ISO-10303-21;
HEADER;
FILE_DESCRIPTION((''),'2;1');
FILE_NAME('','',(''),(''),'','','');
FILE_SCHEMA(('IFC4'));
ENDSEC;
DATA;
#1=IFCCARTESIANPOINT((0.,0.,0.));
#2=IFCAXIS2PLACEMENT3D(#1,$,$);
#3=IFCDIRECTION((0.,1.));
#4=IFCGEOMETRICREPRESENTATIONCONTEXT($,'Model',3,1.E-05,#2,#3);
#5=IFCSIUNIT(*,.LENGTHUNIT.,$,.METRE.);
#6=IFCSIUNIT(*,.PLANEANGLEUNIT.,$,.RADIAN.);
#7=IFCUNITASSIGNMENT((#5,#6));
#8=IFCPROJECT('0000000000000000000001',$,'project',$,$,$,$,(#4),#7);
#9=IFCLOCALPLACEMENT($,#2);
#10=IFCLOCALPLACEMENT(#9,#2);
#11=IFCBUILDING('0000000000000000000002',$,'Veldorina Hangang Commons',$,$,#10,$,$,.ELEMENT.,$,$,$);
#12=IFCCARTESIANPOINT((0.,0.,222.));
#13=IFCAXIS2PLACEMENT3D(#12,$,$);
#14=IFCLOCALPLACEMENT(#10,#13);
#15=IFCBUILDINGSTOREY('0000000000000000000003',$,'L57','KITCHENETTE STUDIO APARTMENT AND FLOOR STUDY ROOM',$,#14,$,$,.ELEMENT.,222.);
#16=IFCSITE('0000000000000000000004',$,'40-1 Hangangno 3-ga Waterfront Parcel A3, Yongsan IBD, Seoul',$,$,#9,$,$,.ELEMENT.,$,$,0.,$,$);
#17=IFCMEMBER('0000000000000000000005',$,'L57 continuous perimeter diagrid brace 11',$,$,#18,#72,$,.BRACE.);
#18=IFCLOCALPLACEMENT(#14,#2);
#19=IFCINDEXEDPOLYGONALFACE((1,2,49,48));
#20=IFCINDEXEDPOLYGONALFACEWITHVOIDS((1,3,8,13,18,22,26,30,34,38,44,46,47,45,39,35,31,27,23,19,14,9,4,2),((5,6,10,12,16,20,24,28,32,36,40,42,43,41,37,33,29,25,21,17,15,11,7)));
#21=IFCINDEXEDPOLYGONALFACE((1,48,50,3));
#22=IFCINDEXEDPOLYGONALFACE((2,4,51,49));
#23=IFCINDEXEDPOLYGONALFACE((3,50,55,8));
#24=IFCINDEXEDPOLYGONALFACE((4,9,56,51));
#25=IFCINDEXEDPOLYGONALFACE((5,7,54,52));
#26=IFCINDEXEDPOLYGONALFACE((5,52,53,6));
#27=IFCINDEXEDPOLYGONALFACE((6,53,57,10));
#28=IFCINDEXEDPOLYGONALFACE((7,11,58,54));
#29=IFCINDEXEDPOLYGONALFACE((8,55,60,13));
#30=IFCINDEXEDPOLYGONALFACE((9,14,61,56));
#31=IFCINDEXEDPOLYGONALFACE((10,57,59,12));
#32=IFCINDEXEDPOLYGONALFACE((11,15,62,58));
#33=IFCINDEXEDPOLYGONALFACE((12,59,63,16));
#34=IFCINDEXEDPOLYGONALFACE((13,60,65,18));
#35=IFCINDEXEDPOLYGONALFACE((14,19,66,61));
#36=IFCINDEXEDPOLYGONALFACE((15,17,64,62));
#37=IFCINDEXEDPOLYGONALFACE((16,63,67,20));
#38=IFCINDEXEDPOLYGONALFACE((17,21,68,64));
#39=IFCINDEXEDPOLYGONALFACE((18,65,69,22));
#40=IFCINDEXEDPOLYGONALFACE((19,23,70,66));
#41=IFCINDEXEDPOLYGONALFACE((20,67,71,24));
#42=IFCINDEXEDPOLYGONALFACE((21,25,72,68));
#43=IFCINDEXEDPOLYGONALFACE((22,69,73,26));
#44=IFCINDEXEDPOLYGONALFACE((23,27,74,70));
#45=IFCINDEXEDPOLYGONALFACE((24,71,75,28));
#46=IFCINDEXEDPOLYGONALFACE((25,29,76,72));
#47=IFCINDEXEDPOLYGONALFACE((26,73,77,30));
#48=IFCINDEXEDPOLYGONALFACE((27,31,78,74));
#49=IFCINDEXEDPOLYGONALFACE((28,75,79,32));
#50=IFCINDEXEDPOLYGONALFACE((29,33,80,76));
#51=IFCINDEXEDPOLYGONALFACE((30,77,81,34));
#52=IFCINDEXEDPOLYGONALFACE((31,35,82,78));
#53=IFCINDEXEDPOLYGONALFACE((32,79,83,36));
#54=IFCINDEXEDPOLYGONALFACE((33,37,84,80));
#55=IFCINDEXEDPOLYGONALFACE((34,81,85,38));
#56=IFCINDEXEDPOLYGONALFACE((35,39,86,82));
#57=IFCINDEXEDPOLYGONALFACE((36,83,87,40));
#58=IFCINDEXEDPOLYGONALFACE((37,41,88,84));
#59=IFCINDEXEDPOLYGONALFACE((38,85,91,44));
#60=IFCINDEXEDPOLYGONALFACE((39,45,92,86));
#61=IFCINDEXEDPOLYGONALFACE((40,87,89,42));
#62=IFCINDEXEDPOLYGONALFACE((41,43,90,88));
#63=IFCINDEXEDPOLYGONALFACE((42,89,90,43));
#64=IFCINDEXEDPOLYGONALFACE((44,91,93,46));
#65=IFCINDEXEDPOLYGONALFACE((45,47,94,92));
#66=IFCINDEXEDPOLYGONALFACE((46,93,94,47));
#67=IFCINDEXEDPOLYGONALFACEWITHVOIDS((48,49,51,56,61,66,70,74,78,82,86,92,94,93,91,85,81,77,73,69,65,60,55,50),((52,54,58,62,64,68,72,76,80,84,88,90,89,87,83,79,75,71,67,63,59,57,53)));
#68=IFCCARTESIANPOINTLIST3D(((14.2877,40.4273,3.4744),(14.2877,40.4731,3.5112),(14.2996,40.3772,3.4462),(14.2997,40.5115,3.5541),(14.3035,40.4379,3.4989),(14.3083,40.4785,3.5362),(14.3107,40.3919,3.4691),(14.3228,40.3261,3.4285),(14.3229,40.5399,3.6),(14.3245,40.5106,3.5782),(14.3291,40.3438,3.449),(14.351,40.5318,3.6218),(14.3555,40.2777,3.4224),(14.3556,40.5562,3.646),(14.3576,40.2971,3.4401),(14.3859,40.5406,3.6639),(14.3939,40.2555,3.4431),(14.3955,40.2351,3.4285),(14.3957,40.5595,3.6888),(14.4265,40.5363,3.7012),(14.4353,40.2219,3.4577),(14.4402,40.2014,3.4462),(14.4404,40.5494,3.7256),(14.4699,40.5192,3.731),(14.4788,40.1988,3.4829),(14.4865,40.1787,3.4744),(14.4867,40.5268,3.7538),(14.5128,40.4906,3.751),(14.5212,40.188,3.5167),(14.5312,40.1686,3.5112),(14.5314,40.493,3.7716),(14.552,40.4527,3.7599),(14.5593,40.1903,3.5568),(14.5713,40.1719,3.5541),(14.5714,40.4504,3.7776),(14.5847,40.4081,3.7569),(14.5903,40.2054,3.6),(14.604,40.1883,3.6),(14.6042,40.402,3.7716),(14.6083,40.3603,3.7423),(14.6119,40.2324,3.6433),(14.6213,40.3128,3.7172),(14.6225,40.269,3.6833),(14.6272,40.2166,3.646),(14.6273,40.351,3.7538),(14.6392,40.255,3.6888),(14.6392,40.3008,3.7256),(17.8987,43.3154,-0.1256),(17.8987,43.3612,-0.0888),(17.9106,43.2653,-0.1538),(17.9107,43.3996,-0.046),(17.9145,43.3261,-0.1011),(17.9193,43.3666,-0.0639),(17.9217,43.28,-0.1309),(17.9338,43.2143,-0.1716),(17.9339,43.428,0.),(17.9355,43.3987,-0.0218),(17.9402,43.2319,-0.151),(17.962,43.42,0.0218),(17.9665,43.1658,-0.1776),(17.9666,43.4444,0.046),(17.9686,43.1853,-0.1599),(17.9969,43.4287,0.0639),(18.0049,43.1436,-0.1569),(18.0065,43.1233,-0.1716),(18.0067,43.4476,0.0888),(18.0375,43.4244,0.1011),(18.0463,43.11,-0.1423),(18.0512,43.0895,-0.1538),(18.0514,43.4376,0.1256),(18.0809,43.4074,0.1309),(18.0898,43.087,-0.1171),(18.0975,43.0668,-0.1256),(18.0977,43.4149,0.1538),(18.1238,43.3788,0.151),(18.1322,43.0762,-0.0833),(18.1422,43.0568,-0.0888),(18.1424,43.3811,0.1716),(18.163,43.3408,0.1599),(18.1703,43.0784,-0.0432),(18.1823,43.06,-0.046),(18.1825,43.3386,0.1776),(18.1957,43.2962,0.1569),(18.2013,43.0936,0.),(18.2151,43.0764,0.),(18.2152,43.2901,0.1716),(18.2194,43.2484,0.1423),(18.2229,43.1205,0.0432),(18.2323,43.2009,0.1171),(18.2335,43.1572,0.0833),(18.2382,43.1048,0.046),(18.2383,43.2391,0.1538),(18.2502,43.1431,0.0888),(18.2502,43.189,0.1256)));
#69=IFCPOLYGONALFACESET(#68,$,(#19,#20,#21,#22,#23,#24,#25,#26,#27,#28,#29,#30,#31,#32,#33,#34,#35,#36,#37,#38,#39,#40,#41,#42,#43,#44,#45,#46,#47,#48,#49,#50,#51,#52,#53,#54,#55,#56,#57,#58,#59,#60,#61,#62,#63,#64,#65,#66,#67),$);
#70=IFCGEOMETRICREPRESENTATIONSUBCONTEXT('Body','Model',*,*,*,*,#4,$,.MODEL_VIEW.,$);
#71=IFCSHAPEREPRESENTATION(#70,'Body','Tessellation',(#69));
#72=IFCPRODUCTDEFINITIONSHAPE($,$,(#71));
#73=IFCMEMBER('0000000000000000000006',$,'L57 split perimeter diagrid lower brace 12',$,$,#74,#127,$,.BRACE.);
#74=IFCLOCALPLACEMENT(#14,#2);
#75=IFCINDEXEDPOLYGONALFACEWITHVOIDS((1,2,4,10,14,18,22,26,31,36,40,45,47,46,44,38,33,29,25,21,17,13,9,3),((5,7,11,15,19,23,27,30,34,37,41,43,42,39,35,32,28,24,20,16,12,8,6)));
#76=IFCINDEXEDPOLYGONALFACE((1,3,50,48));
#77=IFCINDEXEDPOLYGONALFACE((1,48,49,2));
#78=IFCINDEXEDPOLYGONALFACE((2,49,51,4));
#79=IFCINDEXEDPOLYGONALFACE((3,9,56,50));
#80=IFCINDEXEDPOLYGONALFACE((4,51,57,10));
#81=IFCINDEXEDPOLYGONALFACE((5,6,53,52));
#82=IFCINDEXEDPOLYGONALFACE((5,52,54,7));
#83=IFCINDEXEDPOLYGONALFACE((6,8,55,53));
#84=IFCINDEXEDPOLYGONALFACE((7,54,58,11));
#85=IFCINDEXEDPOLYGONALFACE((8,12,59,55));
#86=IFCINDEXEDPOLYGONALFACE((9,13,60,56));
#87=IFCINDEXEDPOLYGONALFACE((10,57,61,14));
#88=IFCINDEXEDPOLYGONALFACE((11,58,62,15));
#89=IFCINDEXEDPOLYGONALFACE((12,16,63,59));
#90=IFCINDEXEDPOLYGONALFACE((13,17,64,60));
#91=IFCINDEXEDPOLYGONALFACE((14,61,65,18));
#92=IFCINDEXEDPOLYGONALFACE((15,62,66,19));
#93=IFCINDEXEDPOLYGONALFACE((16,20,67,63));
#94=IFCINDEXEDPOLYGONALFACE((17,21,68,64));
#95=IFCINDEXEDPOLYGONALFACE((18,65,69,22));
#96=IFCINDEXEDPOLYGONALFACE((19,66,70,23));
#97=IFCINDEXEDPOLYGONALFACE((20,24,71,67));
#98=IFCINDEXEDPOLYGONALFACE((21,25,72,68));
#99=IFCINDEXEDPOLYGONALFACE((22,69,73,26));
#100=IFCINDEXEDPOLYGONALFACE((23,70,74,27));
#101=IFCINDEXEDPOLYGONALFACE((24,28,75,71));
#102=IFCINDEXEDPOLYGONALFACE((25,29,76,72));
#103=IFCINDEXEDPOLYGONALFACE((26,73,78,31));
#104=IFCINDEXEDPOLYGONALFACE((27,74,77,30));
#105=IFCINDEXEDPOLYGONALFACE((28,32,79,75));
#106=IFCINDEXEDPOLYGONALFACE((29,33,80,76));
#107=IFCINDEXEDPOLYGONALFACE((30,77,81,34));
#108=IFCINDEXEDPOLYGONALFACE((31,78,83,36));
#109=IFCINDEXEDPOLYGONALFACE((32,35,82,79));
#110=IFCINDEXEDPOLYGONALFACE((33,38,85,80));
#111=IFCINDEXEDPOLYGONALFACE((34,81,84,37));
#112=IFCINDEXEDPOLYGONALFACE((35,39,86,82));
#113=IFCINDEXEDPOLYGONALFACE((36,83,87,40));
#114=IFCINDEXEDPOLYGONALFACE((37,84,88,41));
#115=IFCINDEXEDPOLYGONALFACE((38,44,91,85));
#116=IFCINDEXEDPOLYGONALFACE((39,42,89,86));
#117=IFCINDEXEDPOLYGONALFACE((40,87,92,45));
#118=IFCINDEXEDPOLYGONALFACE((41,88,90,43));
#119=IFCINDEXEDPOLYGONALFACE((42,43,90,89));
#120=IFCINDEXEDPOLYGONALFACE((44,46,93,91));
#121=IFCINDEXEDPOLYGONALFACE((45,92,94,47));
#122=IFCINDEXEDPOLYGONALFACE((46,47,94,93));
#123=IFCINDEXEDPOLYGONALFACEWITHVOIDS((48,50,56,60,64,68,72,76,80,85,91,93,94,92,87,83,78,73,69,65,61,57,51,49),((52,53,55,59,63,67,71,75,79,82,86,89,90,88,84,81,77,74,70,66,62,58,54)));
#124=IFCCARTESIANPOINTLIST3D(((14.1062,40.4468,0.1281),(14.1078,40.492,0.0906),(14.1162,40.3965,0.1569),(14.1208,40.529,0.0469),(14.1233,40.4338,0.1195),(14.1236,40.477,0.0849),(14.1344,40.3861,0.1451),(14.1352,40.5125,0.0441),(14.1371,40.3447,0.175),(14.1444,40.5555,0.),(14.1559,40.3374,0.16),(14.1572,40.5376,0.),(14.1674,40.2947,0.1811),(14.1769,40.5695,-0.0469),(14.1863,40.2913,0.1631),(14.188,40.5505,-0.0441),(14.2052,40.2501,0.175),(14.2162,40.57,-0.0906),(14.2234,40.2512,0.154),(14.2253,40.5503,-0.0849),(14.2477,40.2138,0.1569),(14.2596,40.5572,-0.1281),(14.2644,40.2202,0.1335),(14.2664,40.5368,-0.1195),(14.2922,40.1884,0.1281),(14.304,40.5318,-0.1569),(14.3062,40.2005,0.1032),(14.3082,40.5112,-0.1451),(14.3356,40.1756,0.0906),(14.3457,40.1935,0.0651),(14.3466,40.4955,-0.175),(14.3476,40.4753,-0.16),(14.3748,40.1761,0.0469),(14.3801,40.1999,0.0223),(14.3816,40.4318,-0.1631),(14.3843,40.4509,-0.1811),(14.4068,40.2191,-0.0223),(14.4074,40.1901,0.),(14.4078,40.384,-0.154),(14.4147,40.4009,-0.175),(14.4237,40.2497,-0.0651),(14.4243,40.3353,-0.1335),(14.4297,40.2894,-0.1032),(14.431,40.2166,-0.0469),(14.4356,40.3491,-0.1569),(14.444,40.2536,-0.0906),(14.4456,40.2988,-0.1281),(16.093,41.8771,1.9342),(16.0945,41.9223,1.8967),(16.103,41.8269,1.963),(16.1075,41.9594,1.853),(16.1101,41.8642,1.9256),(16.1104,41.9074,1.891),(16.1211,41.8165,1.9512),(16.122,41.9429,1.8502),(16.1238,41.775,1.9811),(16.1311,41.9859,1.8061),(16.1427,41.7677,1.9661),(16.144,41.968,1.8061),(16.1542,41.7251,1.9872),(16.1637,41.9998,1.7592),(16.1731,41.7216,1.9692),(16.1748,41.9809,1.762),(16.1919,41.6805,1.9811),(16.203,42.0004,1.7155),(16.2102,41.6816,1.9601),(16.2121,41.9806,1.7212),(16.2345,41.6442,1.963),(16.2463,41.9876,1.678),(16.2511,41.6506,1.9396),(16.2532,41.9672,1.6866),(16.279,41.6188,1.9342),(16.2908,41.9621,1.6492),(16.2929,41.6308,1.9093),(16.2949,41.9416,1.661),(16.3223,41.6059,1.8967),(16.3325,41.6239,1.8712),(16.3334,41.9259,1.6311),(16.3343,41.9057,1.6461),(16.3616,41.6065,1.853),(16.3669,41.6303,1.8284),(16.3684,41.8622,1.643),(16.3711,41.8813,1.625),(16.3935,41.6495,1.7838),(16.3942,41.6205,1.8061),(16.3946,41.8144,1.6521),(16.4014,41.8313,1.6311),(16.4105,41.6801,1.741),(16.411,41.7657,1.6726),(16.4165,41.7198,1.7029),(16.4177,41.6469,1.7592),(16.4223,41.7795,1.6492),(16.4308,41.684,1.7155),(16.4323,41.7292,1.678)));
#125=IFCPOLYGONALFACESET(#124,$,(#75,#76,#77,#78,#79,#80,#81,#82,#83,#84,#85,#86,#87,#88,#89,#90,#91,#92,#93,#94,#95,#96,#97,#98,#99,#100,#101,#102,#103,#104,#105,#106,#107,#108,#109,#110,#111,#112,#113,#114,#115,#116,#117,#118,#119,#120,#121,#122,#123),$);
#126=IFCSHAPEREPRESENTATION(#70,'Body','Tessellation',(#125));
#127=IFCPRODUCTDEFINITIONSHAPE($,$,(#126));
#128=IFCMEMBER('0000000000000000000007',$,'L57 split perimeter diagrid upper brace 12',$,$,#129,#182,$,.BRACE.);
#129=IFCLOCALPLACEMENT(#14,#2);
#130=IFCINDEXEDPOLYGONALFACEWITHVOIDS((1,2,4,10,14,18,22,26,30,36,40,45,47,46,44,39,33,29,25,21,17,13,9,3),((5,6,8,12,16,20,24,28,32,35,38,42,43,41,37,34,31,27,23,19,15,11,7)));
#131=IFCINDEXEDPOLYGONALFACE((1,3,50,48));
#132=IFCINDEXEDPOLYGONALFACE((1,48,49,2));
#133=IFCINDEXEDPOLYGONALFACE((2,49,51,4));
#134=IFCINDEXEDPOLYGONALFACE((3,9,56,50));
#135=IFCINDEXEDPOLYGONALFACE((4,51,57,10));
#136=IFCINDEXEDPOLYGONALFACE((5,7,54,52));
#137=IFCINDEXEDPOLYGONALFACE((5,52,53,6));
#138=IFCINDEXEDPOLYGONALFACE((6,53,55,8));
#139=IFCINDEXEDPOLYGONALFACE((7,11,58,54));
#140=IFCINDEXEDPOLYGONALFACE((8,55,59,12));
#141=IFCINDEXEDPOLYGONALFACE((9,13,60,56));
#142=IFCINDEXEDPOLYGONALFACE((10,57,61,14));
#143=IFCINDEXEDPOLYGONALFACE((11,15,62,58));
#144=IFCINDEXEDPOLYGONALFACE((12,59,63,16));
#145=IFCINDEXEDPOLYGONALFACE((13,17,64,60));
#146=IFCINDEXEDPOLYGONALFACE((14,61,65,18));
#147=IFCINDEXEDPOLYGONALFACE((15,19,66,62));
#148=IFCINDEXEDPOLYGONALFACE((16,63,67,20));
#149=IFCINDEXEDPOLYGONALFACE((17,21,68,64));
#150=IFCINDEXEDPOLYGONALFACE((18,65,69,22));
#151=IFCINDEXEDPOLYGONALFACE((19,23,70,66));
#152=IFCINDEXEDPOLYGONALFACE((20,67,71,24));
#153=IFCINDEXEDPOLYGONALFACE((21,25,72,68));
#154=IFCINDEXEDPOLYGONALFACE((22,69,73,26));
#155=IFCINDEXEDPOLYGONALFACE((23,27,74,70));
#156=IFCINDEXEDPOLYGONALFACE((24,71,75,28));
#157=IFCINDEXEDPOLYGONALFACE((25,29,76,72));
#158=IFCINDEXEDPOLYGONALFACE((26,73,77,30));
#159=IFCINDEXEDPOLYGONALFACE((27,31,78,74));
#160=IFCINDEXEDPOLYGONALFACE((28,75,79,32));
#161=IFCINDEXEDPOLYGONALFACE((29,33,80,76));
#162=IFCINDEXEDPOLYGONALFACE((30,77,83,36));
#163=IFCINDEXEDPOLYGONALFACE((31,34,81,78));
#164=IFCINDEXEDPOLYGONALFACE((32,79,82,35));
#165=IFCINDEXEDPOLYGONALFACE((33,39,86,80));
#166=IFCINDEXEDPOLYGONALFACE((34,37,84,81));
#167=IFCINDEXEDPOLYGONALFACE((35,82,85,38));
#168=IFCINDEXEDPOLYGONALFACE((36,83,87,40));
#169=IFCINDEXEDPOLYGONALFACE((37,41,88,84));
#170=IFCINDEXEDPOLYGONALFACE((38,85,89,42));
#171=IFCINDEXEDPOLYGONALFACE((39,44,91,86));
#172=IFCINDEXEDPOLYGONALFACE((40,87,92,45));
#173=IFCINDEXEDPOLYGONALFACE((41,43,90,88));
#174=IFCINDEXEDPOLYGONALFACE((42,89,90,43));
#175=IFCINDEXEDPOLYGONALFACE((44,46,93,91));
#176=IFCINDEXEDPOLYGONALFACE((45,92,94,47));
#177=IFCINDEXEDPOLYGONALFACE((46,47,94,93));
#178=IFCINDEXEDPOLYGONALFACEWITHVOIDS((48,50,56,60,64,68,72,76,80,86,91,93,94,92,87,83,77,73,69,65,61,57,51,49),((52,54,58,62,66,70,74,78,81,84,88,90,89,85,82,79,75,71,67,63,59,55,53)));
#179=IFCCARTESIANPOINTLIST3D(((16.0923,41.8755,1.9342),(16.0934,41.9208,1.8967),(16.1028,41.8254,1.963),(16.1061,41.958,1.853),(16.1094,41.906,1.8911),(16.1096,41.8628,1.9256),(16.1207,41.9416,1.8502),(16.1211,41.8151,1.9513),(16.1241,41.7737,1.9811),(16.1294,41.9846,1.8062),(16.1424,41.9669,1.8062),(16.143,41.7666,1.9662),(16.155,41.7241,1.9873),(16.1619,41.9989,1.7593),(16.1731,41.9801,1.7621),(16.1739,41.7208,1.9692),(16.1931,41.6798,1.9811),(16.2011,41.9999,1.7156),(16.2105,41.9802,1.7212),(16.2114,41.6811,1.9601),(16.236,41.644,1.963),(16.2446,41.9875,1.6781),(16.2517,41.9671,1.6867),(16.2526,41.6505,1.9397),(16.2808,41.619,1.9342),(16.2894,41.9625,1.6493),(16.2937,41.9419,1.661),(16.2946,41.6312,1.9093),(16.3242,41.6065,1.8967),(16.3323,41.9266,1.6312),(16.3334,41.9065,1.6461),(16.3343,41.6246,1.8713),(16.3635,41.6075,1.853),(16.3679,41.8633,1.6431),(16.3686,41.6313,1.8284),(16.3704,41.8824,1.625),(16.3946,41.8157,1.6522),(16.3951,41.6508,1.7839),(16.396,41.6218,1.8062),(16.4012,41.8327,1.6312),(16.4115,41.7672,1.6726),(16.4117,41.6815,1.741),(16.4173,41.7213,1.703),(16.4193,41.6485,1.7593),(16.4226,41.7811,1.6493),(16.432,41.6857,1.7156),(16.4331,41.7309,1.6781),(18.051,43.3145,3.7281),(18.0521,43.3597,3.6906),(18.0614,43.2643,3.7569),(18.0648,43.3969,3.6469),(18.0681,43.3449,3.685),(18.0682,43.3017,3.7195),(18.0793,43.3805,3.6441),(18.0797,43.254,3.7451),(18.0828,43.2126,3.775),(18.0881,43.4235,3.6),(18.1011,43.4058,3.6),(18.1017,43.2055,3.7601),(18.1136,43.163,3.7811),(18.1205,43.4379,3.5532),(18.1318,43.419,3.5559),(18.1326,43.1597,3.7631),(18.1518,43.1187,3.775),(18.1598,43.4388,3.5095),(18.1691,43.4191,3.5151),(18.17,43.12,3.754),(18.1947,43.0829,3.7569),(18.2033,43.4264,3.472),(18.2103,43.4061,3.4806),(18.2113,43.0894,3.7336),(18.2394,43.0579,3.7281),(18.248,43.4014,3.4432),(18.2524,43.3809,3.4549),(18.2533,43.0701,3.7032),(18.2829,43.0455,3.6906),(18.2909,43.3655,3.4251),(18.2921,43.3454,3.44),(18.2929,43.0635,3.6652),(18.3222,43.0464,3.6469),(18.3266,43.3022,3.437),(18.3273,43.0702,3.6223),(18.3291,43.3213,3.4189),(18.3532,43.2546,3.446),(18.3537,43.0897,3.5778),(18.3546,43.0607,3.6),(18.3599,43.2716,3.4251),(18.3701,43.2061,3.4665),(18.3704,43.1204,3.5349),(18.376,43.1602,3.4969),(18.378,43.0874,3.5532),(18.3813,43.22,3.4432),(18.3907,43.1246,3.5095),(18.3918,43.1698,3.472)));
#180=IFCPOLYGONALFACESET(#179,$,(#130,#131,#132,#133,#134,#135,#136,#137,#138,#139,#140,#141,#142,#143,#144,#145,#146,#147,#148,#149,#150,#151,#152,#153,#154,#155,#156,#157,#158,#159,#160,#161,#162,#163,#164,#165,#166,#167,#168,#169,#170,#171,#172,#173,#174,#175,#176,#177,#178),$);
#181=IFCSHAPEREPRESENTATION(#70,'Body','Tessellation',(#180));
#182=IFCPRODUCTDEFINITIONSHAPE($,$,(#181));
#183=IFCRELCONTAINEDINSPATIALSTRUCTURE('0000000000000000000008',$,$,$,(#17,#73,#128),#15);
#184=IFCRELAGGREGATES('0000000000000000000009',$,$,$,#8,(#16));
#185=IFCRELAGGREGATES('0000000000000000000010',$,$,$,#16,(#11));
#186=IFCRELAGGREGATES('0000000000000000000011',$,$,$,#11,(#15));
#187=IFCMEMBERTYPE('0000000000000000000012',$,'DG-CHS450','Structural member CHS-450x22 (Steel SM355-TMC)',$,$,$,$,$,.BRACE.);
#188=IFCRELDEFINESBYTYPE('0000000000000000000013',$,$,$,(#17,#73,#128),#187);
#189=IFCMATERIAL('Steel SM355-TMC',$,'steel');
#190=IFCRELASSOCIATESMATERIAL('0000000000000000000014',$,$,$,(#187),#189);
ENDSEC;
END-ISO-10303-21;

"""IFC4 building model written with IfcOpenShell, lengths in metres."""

from ifc_helpers import new_model, si_unit, direction, frame, origin, origin_2d, place, context, subcontext, project, spatial, hollow_circle, extrude, material, material_profile, profile_set, type_object, element, save


model = new_model("IFC4")

# Units and contexts
model_context = context("Model", 3, precision=1e-05, world=origin(), true_north=direction((0.0, 1.0)))
body_context = subcontext(model_context, "Body", "Model", "MODEL_VIEW")
ifc_project = project(units=[si_unit("LENGTHUNIT", "METRE"), si_unit("PLANEANGLEUNIT", "RADIAN")], contexts=[model_context])

# Site, building, storey
site_placement = place(None, origin())
site = spatial("IfcSite", under=ifc_project, at=site_placement, Name="40-1 Hangangno 3-ga Waterfront Parcel A3, Yongsan IBD, Seoul", CompositionType="ELEMENT", RefElevation=0.0)
building_placement = place(site_placement, origin())
building = spatial("IfcBuilding", under=site, at=building_placement, Name="Veldorina Hangang Commons", CompositionType="ELEMENT")
storey_placement = place(building_placement, frame((0.0, 0.0, 222.0)))
storey = spatial("IfcBuildingStorey", under=building, at=storey_placement, Name="L57", Description="KITCHENETTE STUDIO APARTMENT AND FLOOR STUDY ROOM", CompositionType="ELEMENT", Elevation=222.0)

# Shared definitions
ifc_material_1 = material(Name="Steel SM355-TMC", Category="steel")

# Members
ifc_material_profile_1 = material_profile(ifc_material_1, hollow_circle(Radius=0.2251, WallThickness=0.022, at=origin_2d()), Name="CHS-450x22")
ifc_profile_set_1 = profile_set([ifc_material_profile_1], Name="Steel SM355-TMC")
member_type_1 = type_object("IfcMemberType", Name="DG-CHS450", Description="Structural member CHS-450x22 (Steel SM355-TMC)", PredefinedType="BRACE", material=ifc_profile_set_1)
member_1_placement = place(storey_placement, frame((18.0745, 43.2522, 0.0), z_axis=(-0.616202, -0.492845, 0.614328), x_axis=(0.624605, -0.780941, 0.0)))
element("IfcMember", 1, at=member_1_placement, inside=storey, type_object=member_type_1, Name="L57 continuous perimeter diagrid brace 11", PredefinedType="BRACE", context=body_context, shape_type="SweptSolid", body=[
    extrude(hollow_circle(Radius=0.2251, WallThickness=0.022, at=origin_2d()), origin(), (0.0, 0.0, 1.0), 5.8601),
])
member_2_placement = place(storey_placement, frame((14.2759, 40.3728, 0.0), z_axis=(0.653059, 0.470174, 0.593675), x_axis=(-0.584281, 0.811551, 0.0)))
element("IfcMember", 2, at=member_2_placement, inside=storey, type_object=member_type_1, Name="L57 split perimeter diagrid lower brace 12", PredefinedType="BRACE", context=body_context, shape_type="SweptSolid", body=[
    extrude(hollow_circle(Radius=0.2251, WallThickness=0.022, at=origin_2d()), origin(), (0.0, 0.0, 1.0), 3.0422),
])
member_3_placement = place(storey_placement, frame((16.2627, 41.8032, 1.8062), z_axis=(0.648407, 0.476345, 0.593855), x_axis=(-0.592047, 0.805903, 0.0)))
element("IfcMember", 3, at=member_3_placement, inside=storey, type_object=member_type_1, Name="L57 split perimeter diagrid upper brace 12", PredefinedType="BRACE", context=body_context, shape_type="SweptSolid", body=[
    extrude(hollow_circle(Radius=0.2251, WallThickness=0.022, at=origin_2d()), origin(), (0.0, 0.0, 1.0), 3.0208),
])

save(model, "model.ifc")
